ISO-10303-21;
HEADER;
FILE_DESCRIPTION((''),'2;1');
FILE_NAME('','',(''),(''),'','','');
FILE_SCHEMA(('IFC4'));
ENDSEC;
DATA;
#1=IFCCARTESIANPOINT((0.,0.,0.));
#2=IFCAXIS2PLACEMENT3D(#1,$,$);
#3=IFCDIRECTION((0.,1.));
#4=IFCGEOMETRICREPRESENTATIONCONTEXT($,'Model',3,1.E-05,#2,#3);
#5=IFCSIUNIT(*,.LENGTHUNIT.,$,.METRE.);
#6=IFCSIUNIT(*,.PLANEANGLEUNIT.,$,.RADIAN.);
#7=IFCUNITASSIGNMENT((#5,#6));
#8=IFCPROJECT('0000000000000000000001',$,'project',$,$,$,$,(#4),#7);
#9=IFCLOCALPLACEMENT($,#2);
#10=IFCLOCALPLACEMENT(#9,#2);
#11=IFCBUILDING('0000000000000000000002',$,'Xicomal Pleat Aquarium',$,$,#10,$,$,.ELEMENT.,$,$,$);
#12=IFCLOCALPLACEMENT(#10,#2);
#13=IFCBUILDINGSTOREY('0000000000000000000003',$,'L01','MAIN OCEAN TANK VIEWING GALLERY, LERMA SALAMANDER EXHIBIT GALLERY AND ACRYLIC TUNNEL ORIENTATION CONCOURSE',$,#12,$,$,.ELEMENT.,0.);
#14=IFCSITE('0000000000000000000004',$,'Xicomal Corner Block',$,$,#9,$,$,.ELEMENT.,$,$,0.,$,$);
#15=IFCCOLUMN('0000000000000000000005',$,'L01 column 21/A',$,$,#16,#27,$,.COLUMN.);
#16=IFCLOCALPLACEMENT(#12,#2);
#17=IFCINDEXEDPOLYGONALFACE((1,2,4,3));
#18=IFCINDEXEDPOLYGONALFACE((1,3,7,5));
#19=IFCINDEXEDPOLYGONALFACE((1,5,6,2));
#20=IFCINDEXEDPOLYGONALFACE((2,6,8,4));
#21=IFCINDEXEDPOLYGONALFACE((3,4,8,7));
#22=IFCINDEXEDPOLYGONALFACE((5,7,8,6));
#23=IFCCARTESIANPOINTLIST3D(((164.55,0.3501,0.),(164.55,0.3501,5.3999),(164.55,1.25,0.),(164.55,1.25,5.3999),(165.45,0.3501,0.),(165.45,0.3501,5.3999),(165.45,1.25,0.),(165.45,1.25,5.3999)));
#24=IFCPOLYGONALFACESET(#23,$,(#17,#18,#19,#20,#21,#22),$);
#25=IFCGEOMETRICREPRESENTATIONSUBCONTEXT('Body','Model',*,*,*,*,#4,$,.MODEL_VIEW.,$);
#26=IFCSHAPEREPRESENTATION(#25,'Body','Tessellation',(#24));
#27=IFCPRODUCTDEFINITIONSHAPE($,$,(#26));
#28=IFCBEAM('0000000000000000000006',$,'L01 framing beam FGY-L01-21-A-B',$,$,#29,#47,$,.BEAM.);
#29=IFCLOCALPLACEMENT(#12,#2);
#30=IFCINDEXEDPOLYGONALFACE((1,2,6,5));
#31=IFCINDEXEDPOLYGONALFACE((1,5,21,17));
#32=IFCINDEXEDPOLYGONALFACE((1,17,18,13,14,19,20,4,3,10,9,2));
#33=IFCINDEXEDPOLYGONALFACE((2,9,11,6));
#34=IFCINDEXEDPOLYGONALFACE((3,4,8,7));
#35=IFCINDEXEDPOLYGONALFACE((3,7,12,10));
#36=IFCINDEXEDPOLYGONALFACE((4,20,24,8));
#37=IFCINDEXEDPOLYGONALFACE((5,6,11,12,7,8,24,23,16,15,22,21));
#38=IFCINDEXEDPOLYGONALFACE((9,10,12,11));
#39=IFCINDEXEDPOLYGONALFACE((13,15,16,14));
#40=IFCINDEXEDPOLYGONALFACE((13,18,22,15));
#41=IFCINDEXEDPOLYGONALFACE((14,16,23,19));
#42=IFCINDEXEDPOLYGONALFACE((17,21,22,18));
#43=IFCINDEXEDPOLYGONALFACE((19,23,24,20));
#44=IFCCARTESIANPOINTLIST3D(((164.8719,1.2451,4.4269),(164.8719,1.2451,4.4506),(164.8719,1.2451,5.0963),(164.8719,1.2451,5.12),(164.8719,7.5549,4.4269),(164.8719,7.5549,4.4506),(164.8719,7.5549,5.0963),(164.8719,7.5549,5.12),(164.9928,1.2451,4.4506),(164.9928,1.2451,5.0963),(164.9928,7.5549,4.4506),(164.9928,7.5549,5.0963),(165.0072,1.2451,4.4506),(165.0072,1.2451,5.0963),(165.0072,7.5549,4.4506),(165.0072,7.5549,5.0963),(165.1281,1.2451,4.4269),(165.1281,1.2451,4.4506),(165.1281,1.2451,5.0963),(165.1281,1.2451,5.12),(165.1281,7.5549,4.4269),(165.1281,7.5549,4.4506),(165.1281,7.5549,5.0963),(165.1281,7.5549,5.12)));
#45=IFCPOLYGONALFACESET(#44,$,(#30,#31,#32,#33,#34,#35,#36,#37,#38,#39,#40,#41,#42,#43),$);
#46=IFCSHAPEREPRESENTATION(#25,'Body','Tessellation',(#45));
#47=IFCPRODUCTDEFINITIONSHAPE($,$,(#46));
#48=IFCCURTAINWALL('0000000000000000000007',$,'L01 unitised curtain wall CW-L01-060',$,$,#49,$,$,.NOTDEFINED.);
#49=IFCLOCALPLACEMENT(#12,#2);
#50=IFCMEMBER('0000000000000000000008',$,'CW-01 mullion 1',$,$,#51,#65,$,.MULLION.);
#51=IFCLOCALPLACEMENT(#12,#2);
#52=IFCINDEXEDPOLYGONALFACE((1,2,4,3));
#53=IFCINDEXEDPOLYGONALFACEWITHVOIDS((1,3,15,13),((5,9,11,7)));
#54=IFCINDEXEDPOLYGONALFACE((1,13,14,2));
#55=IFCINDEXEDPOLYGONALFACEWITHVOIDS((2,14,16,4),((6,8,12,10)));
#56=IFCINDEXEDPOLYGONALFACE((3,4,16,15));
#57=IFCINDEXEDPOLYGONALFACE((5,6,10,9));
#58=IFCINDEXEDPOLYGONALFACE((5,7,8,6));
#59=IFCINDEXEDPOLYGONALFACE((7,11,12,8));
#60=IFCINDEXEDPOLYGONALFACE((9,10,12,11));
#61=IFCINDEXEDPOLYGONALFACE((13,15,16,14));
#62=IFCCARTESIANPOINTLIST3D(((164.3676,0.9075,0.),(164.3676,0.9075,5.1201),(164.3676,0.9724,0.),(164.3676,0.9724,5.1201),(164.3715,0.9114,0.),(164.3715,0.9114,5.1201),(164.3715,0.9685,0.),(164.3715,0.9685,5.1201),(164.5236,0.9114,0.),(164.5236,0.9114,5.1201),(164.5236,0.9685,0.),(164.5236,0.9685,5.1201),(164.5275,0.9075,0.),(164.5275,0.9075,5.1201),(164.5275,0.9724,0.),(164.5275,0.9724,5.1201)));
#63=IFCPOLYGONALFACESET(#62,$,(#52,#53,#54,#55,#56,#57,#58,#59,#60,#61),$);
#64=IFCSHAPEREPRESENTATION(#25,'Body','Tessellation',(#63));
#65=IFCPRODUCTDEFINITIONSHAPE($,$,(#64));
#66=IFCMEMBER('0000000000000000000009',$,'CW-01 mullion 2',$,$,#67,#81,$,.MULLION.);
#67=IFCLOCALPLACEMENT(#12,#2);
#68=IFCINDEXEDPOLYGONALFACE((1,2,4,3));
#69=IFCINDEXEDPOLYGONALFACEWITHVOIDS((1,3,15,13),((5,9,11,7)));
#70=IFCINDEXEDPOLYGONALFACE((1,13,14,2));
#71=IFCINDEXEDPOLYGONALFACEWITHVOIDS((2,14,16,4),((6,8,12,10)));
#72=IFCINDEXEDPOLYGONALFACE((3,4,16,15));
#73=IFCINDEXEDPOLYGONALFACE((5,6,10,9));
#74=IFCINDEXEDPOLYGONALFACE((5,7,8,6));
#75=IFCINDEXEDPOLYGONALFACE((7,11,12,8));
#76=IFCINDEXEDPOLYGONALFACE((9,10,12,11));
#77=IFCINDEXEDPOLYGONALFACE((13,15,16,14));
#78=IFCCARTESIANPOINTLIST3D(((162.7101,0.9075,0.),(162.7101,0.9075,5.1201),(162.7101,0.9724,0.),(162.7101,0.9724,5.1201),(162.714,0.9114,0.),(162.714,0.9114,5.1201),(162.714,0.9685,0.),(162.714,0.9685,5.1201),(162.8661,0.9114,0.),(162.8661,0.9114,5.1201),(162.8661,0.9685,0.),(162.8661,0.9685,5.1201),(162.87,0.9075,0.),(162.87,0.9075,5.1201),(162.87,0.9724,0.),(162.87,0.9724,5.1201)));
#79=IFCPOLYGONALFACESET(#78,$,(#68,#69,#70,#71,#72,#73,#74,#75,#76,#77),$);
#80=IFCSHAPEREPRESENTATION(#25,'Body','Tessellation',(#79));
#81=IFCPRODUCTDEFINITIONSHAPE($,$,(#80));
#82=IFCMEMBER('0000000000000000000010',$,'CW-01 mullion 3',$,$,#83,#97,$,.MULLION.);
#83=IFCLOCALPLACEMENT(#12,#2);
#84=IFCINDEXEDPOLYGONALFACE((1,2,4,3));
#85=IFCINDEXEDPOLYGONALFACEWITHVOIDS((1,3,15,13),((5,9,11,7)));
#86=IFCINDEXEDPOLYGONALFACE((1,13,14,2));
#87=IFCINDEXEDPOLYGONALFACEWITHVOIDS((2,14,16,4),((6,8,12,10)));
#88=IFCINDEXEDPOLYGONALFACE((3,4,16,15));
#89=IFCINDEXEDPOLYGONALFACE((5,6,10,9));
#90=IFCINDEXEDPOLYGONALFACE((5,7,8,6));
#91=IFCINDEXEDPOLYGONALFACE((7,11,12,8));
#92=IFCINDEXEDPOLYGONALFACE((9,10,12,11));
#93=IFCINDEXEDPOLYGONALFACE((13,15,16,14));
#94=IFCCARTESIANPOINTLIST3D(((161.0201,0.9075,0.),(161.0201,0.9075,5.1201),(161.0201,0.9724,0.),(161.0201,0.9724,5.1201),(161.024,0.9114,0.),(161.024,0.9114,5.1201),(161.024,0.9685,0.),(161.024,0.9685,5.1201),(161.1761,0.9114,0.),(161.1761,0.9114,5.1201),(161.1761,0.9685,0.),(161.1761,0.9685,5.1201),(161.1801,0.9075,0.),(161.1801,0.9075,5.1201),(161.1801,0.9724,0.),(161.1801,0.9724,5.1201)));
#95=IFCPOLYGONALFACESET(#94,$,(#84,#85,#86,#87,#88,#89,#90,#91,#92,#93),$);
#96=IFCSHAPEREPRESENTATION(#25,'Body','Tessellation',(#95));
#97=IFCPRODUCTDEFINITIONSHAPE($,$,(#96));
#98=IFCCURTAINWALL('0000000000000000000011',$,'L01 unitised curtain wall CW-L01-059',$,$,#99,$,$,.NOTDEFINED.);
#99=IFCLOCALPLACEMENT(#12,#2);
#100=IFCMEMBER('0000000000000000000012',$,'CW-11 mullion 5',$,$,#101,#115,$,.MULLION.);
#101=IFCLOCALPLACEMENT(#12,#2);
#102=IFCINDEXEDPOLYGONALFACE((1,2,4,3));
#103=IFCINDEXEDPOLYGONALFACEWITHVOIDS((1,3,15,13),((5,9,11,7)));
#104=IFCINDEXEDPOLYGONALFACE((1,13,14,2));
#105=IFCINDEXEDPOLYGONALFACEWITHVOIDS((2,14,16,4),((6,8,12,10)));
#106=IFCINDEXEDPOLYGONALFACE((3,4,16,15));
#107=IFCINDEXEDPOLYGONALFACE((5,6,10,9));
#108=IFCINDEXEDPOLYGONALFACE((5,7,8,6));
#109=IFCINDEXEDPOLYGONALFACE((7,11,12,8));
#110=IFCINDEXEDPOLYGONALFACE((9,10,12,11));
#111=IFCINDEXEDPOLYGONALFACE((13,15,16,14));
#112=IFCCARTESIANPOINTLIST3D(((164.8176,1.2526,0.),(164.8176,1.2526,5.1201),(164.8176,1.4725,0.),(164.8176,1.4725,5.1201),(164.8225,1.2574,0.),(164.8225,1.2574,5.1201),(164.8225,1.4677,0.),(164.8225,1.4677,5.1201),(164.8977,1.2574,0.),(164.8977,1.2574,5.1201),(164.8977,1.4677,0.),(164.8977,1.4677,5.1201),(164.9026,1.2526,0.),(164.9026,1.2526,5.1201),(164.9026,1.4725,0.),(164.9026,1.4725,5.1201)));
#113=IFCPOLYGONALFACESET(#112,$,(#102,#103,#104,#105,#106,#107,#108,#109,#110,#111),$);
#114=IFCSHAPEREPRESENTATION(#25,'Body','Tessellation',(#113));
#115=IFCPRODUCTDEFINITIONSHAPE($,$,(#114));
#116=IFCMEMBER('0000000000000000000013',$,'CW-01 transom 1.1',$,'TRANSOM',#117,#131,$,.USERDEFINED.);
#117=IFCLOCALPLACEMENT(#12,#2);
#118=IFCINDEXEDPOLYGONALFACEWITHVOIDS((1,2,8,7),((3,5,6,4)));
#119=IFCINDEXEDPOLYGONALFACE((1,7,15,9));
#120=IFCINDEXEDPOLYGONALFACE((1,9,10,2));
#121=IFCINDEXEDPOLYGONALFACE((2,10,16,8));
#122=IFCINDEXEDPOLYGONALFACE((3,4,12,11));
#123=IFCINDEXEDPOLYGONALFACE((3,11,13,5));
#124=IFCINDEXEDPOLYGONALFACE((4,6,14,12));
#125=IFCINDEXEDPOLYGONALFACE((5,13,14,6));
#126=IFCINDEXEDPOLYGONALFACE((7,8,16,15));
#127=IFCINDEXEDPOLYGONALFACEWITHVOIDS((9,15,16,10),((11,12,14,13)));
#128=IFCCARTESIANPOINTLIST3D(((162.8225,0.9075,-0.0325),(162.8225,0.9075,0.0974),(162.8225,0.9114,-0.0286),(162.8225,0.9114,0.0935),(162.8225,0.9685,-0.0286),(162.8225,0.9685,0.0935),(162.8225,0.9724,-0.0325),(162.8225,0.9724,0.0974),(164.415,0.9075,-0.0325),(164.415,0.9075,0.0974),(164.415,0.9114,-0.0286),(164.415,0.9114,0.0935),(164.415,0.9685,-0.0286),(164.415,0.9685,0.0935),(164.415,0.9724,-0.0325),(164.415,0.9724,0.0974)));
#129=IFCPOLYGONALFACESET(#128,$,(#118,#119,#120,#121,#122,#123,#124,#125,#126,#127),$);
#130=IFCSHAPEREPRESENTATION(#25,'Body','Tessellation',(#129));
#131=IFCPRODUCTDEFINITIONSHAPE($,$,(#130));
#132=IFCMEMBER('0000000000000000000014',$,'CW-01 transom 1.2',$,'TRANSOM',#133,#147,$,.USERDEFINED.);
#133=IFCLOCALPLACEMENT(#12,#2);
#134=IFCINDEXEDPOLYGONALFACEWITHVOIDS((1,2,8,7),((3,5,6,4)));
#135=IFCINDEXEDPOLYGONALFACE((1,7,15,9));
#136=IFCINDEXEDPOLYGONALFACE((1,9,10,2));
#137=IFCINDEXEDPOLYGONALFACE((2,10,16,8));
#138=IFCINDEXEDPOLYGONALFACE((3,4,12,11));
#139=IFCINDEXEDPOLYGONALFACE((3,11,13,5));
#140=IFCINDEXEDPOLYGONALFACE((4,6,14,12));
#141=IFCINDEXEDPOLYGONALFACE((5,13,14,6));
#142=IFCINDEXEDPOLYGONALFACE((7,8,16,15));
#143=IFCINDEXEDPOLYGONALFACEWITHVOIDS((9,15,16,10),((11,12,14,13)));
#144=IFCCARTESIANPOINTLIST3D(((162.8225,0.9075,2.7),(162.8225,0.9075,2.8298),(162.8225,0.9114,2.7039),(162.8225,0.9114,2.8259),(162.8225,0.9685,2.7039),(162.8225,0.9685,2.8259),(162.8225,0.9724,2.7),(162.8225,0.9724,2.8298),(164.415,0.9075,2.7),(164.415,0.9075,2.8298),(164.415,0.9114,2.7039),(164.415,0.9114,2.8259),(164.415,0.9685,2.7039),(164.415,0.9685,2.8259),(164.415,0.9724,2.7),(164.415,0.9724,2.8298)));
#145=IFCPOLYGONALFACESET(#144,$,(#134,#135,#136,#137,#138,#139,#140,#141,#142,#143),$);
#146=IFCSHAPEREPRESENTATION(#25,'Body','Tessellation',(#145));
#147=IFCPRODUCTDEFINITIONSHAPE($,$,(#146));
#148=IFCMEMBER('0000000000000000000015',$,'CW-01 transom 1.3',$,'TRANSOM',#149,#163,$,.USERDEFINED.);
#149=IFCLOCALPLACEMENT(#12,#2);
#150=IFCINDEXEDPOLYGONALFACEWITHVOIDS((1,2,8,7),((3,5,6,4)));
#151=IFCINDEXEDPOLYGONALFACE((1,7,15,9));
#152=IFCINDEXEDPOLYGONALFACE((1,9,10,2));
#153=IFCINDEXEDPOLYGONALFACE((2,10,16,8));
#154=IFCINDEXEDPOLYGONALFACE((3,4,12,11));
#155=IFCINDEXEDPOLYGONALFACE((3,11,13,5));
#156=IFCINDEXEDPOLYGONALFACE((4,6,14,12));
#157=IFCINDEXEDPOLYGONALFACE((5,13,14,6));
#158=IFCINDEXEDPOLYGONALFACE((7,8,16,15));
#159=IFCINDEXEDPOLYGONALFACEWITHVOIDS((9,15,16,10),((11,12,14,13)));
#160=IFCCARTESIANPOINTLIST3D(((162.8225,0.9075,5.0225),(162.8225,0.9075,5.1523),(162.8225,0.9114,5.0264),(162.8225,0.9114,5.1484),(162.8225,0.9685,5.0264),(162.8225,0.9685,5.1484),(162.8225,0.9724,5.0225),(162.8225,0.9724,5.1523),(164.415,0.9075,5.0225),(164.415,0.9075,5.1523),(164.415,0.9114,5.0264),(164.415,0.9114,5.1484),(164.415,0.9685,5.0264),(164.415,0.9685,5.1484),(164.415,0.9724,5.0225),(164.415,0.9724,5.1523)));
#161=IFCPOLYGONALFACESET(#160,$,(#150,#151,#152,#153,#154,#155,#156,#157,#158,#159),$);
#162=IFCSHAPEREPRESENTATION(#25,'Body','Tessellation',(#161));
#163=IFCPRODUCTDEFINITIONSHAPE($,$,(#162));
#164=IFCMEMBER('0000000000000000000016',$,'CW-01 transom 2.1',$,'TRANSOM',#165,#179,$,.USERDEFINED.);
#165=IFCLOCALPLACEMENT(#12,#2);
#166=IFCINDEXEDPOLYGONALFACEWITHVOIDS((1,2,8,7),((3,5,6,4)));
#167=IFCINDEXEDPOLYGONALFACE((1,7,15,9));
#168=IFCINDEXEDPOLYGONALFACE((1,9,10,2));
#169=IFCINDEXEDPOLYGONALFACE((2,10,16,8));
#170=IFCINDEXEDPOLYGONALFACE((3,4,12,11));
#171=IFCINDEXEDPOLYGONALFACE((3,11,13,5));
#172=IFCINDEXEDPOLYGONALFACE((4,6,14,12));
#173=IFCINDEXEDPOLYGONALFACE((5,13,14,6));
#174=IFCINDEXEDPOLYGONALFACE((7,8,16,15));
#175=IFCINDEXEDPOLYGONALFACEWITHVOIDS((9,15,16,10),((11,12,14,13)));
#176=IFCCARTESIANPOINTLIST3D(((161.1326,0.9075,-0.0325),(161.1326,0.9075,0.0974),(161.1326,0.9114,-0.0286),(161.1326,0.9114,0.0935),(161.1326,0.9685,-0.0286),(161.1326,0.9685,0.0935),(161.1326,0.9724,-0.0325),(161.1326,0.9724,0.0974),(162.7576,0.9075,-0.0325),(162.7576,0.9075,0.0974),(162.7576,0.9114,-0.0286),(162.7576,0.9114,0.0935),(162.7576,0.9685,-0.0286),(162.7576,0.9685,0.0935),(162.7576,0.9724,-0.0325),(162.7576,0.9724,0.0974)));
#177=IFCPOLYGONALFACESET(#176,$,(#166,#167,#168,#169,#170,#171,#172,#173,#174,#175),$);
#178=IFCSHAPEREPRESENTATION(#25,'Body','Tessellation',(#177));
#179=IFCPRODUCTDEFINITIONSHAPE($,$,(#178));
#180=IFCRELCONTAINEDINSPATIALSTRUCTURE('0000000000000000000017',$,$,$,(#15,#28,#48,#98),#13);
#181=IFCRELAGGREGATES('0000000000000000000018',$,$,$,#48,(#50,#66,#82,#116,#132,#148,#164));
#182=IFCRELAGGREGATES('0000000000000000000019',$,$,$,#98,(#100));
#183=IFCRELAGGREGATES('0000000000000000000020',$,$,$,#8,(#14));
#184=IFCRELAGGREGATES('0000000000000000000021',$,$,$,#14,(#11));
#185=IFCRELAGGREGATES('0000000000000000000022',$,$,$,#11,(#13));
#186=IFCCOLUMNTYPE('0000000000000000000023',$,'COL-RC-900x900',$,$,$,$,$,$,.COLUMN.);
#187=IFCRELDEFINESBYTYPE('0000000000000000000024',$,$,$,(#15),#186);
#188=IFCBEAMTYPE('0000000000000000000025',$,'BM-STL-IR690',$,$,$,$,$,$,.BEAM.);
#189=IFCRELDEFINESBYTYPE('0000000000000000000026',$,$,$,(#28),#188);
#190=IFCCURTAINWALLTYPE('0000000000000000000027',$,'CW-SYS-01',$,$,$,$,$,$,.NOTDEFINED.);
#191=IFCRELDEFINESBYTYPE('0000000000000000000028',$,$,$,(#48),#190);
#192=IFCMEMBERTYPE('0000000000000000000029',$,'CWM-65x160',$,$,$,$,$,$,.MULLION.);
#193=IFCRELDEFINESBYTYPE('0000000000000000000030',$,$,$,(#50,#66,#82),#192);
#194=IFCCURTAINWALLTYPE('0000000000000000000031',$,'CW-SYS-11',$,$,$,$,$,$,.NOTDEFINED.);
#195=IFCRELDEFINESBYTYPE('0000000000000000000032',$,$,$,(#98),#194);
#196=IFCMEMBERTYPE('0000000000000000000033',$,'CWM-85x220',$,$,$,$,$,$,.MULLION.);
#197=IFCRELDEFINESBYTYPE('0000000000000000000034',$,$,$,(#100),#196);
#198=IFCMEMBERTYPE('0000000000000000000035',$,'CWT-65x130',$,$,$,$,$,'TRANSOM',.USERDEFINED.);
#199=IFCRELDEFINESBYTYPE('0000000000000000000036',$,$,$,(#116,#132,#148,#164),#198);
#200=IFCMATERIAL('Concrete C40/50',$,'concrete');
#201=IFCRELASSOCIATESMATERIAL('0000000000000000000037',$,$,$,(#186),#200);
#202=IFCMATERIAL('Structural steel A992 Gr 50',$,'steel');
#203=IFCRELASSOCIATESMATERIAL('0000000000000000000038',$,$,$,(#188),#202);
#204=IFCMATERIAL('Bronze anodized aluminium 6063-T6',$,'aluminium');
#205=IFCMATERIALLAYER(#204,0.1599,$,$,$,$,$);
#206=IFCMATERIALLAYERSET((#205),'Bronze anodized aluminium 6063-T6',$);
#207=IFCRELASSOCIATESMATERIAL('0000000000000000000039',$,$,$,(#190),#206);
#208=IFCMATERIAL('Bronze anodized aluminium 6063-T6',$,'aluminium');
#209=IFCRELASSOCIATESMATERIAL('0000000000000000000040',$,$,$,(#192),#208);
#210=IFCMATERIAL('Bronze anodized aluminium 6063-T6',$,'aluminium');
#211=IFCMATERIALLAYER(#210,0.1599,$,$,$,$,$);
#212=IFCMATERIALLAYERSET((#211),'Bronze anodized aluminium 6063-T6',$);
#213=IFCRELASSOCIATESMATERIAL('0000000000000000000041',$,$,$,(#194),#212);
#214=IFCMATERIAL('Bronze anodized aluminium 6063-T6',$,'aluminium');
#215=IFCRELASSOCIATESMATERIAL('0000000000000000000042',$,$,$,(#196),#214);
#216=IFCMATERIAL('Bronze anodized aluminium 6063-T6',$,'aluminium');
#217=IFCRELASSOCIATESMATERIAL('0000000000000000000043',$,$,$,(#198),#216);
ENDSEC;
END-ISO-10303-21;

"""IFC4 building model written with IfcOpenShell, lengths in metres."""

from ifc_helpers import new_model, si_unit, direction, frame, origin, origin_2d, place, context, subcontext, project, spatial, rectangle, hollow_rectangle, i_section, extrude, material, layer, layer_set, material_profile, profile_set, type_object, element, aggregate, save


model = new_model("IFC4")

# Units and contexts
model_context = context("Model", 3, precision=1e-05, world=origin(), true_north=direction((0.0, 1.0)))
body_context = subcontext(model_context, "Body", "Model", "MODEL_VIEW")
ifc_project = project(units=[si_unit("LENGTHUNIT", "METRE"), si_unit("PLANEANGLEUNIT", "RADIAN")], contexts=[model_context])

# Site, building, storey
site_placement = place(None, origin())
site = spatial("IfcSite", under=ifc_project, at=site_placement, Name="Xicomal Corner Block", CompositionType="ELEMENT", RefElevation=0.0)
building_placement = place(site_placement, origin())
building = spatial("IfcBuilding", under=site, at=building_placement, Name="Xicomal Pleat Aquarium", CompositionType="ELEMENT")
storey_placement = place(building_placement, origin())
storey = spatial("IfcBuildingStorey", under=building, at=storey_placement, Name="L01", Description="MAIN OCEAN TANK VIEWING GALLERY, LERMA SALAMANDER EXHIBIT GALLERY AND ACRYLIC TUNNEL ORIENTATION CONCOURSE", CompositionType="ELEMENT", Elevation=0.0)

# Column
ifc_material_1 = material(Name="Concrete C40/50", Category="concrete")
ifc_material_profile_1 = material_profile(ifc_material_1, rectangle(XDim=0.8999, YDim=0.8999, at=origin_2d()), Name="RC 900x900")
ifc_profile_set_1 = profile_set([ifc_material_profile_1], Name="Concrete C40/50")
column_type = type_object("IfcColumnType", Name="COL-RC-900x900", PredefinedType="COLUMN", material=ifc_profile_set_1)
column_placement = place(storey_placement, frame((165.0, 0.8, 0.0), z_axis=(0.0, 0.0, 1.0), x_axis=(1.0, 0.0, 0.0)))
element("IfcColumn", 1, at=column_placement, inside=storey, type_object=column_type, Name="L01 column 21/A", PredefinedType="COLUMN", context=body_context, shape_type="SweptSolid", body=[
    extrude(rectangle(XDim=0.8999, YDim=0.8999, at=origin_2d()), origin(), (0.0, 0.0, 1.0), 5.3999),
])

# Beam
ifc_material_2 = material(Name="Structural steel A992 Gr 50", Category="steel")
ifc_material_profile_2 = material_profile(ifc_material_2, i_section(OverallWidth=0.2561, OverallDepth=0.6931, WebThickness=0.0144, FlangeThickness=0.0237, at=origin_2d()), Name="IR 690x170")
ifc_profile_set_2 = profile_set([ifc_material_profile_2], Name="Structural steel A992 Gr 50")
beam_type = type_object("IfcBeamType", Name="BM-STL-IR690", PredefinedType="BEAM", material=ifc_profile_set_2)
beam_placement = place(storey_placement, frame((165.0, 1.2451, 4.7734), z_axis=(0.0, 1.0, 0.0), x_axis=(-1.0, 0.0, 0.0)))
element("IfcBeam", 2, at=beam_placement, inside=storey, type_object=beam_type, Name="L01 framing beam FGY-L01-21-A-B", PredefinedType="BEAM", context=body_context, shape_type="SweptSolid", body=[
    extrude(i_section(OverallWidth=0.2561, OverallDepth=0.6931, WebThickness=0.0144, FlangeThickness=0.0237, at=origin_2d()), origin(), (0.0, 0.0, 1.0), 6.3098),
])

# Curtain wall, members
ifc_material_3 = material(Name="Bronze anodized aluminium 6063-T6", Category="aluminium")
ifc_layer_1 = layer(ifc_material_3, 0.1599)
ifc_layer_set_1 = layer_set([ifc_layer_1], Name="Bronze anodized aluminium 6063-T6")
curtain_wall_type_1 = type_object("IfcCurtainWallType", Name="CW-SYS-01", PredefinedType="NOTDEFINED", material=ifc_layer_set_1)
curtain_wall_1_placement = place(storey_placement, origin())
curtain_wall_1 = element("IfcCurtainWall", 3, at=curtain_wall_1_placement, inside=storey, type_object=curtain_wall_type_1, Name="L01 unitised curtain wall CW-L01-060", PredefinedType="NOTDEFINED")
ifc_material_4 = material(Name="Bronze anodized aluminium 6063-T6", Category="aluminium")
ifc_material_profile_3 = material_profile(ifc_material_4, hollow_rectangle(XDim=0.0649, YDim=0.1599, WallThickness=0.0039, at=origin_2d()), Name="ALU MULL 65x160")
ifc_profile_set_3 = profile_set([ifc_material_profile_3], Name="Bronze anodized aluminium 6063-T6")
member_type_1 = type_object("IfcMemberType", Name="CWM-65x160", PredefinedType="MULLION", material=ifc_profile_set_3)
member_1_placement = place(storey_placement, frame((164.4475, 0.9399, 0.0), z_axis=(0.0, 0.0, 1.0), x_axis=(0.0, -1.0, 0.0)))
member_1 = element("IfcMember", 4, at=member_1_placement, type_object=member_type_1, Name="CW-01 mullion 1", PredefinedType="MULLION", context=body_context, shape_type="SweptSolid", body=[
    extrude(hollow_rectangle(XDim=0.0649, YDim=0.1599, WallThickness=0.0039, at=origin_2d()), origin(), (0.0, 0.0, 1.0), 5.1201),
])
member_2_placement = place(storey_placement, frame((162.79, 0.9399, 0.0), z_axis=(0.0, 0.0, 1.0), x_axis=(0.0, -1.0, 0.0)))
member_2 = element("IfcMember", 5, at=member_2_placement, type_object=member_type_1, Name="CW-01 mullion 2", PredefinedType="MULLION", context=body_context, shape_type="SweptSolid", body=[
    extrude(hollow_rectangle(XDim=0.0649, YDim=0.1599, WallThickness=0.0039, at=origin_2d()), origin(), (0.0, 0.0, 1.0), 5.1201),
])
member_3_placement = place(storey_placement, frame((161.1001, 0.9399, 0.0), z_axis=(0.0, 0.0, 1.0), x_axis=(0.0, -1.0, 0.0)))
member_3 = element("IfcMember", 6, at=member_3_placement, type_object=member_type_1, Name="CW-01 mullion 3", PredefinedType="MULLION", context=body_context, shape_type="SweptSolid", body=[
    extrude(hollow_rectangle(XDim=0.0649, YDim=0.1599, WallThickness=0.0039, at=origin_2d()), origin(), (0.0, 0.0, 1.0), 5.1201),
])

# Curtain wall, member
ifc_material_5 = material(Name="Bronze anodized aluminium 6063-T6", Category="aluminium")
ifc_layer_2 = layer(ifc_material_5, 0.1599)
ifc_layer_set_2 = layer_set([ifc_layer_2], Name="Bronze anodized aluminium 6063-T6")
curtain_wall_type_2 = type_object("IfcCurtainWallType", Name="CW-SYS-11", PredefinedType="NOTDEFINED", material=ifc_layer_set_2)
curtain_wall_2_placement = place(storey_placement, origin())
curtain_wall_2 = element("IfcCurtainWall", 7, at=curtain_wall_2_placement, inside=storey, type_object=curtain_wall_type_2, Name="L01 unitised curtain wall CW-L01-059", PredefinedType="NOTDEFINED")
ifc_material_6 = material(Name="Bronze anodized aluminium 6063-T6", Category="aluminium")
ifc_material_profile_4 = material_profile(ifc_material_6, hollow_rectangle(XDim=0.085, YDim=0.22, WallThickness=0.0049, at=origin_2d()), Name="ALU MULL 85x220")
ifc_profile_set_4 = profile_set([ifc_material_profile_4], Name="Bronze anodized aluminium 6063-T6")
member_type_2 = type_object("IfcMemberType", Name="CWM-85x220", PredefinedType="MULLION", material=ifc_profile_set_4)
member_4_placement = place(storey_placement, frame((164.8601, 1.3625, 0.0), z_axis=(0.0, 0.0, 1.0), x_axis=(1.0, 0.0, 0.0)))
member_4 = element("IfcMember", 8, at=member_4_placement, type_object=member_type_2, Name="CW-11 mullion 5", PredefinedType="MULLION", context=body_context, shape_type="SweptSolid", body=[
    extrude(hollow_rectangle(XDim=0.085, YDim=0.22, WallThickness=0.0049, at=origin_2d()), origin(), (0.0, 0.0, 1.0), 5.1201),
])

# Members
ifc_material_7 = material(Name="Bronze anodized aluminium 6063-T6", Category="aluminium")
ifc_material_profile_5 = material_profile(ifc_material_7, hollow_rectangle(XDim=0.0649, YDim=0.1299, WallThickness=0.0039, at=origin_2d()), Name="ALU TRAN 65x130")
ifc_profile_set_5 = profile_set([ifc_material_profile_5], Name="Bronze anodized aluminium 6063-T6")
member_type_3 = type_object("IfcMemberType", Name="CWT-65x130", ElementType="TRANSOM", PredefinedType="USERDEFINED", material=ifc_profile_set_5)
member_5_placement = place(storey_placement, frame((164.415, 0.9399, 0.0325), z_axis=(-1.0, 0.0, 0.0), x_axis=(0.0, -1.0, 0.0)))
member_5 = element("IfcMember", 9, at=member_5_placement, type_object=member_type_3, Name="CW-01 transom 1.1", ObjectType="TRANSOM", PredefinedType="USERDEFINED", context=body_context, shape_type="SweptSolid", body=[
    extrude(hollow_rectangle(XDim=0.0649, YDim=0.1299, WallThickness=0.0039, at=origin_2d()), origin(), (0.0, 0.0, 1.0), 1.5925),
])
member_6_placement = place(storey_placement, frame((164.415, 0.9399, 2.7649), z_axis=(-1.0, 0.0, 0.0), x_axis=(0.0, -1.0, 0.0)))
member_6 = element("IfcMember", 10, at=member_6_placement, type_object=member_type_3, Name="CW-01 transom 1.2", ObjectType="TRANSOM", PredefinedType="USERDEFINED", context=body_context, shape_type="SweptSolid", body=[
    extrude(hollow_rectangle(XDim=0.0649, YDim=0.1299, WallThickness=0.0039, at=origin_2d()), origin(), (0.0, 0.0, 1.0), 1.5925),
])
member_7_placement = place(storey_placement, frame((164.415, 0.9399, 5.0874), z_axis=(-1.0, 0.0, 0.0), x_axis=(0.0, -1.0, 0.0)))
member_7 = element("IfcMember", 11, at=member_7_placement, type_object=member_type_3, Name="CW-01 transom 1.3", ObjectType="TRANSOM", PredefinedType="USERDEFINED", context=body_context, shape_type="SweptSolid", body=[
    extrude(hollow_rectangle(XDim=0.0649, YDim=0.1299, WallThickness=0.0039, at=origin_2d()), origin(), (0.0, 0.0, 1.0), 1.5925),
])
member_8_placement = place(storey_placement, frame((162.7576, 0.9399, 0.0325), z_axis=(-1.0, 0.0, 0.0), x_axis=(0.0, -1.0, 0.0)))
member_8 = element("IfcMember", 12, at=member_8_placement, type_object=member_type_3, Name="CW-01 transom 2.1", ObjectType="TRANSOM", PredefinedType="USERDEFINED", context=body_context, shape_type="SweptSolid", body=[
    extrude(hollow_rectangle(XDim=0.0649, YDim=0.1299, WallThickness=0.0039, at=origin_2d()), origin(), (0.0, 0.0, 1.0), 1.625),
])

aggregate(curtain_wall_1, [member_1, member_2, member_3, member_5, member_6, member_7, member_8])
aggregate(curtain_wall_2, [member_4])

save(model, "model.ifc")
